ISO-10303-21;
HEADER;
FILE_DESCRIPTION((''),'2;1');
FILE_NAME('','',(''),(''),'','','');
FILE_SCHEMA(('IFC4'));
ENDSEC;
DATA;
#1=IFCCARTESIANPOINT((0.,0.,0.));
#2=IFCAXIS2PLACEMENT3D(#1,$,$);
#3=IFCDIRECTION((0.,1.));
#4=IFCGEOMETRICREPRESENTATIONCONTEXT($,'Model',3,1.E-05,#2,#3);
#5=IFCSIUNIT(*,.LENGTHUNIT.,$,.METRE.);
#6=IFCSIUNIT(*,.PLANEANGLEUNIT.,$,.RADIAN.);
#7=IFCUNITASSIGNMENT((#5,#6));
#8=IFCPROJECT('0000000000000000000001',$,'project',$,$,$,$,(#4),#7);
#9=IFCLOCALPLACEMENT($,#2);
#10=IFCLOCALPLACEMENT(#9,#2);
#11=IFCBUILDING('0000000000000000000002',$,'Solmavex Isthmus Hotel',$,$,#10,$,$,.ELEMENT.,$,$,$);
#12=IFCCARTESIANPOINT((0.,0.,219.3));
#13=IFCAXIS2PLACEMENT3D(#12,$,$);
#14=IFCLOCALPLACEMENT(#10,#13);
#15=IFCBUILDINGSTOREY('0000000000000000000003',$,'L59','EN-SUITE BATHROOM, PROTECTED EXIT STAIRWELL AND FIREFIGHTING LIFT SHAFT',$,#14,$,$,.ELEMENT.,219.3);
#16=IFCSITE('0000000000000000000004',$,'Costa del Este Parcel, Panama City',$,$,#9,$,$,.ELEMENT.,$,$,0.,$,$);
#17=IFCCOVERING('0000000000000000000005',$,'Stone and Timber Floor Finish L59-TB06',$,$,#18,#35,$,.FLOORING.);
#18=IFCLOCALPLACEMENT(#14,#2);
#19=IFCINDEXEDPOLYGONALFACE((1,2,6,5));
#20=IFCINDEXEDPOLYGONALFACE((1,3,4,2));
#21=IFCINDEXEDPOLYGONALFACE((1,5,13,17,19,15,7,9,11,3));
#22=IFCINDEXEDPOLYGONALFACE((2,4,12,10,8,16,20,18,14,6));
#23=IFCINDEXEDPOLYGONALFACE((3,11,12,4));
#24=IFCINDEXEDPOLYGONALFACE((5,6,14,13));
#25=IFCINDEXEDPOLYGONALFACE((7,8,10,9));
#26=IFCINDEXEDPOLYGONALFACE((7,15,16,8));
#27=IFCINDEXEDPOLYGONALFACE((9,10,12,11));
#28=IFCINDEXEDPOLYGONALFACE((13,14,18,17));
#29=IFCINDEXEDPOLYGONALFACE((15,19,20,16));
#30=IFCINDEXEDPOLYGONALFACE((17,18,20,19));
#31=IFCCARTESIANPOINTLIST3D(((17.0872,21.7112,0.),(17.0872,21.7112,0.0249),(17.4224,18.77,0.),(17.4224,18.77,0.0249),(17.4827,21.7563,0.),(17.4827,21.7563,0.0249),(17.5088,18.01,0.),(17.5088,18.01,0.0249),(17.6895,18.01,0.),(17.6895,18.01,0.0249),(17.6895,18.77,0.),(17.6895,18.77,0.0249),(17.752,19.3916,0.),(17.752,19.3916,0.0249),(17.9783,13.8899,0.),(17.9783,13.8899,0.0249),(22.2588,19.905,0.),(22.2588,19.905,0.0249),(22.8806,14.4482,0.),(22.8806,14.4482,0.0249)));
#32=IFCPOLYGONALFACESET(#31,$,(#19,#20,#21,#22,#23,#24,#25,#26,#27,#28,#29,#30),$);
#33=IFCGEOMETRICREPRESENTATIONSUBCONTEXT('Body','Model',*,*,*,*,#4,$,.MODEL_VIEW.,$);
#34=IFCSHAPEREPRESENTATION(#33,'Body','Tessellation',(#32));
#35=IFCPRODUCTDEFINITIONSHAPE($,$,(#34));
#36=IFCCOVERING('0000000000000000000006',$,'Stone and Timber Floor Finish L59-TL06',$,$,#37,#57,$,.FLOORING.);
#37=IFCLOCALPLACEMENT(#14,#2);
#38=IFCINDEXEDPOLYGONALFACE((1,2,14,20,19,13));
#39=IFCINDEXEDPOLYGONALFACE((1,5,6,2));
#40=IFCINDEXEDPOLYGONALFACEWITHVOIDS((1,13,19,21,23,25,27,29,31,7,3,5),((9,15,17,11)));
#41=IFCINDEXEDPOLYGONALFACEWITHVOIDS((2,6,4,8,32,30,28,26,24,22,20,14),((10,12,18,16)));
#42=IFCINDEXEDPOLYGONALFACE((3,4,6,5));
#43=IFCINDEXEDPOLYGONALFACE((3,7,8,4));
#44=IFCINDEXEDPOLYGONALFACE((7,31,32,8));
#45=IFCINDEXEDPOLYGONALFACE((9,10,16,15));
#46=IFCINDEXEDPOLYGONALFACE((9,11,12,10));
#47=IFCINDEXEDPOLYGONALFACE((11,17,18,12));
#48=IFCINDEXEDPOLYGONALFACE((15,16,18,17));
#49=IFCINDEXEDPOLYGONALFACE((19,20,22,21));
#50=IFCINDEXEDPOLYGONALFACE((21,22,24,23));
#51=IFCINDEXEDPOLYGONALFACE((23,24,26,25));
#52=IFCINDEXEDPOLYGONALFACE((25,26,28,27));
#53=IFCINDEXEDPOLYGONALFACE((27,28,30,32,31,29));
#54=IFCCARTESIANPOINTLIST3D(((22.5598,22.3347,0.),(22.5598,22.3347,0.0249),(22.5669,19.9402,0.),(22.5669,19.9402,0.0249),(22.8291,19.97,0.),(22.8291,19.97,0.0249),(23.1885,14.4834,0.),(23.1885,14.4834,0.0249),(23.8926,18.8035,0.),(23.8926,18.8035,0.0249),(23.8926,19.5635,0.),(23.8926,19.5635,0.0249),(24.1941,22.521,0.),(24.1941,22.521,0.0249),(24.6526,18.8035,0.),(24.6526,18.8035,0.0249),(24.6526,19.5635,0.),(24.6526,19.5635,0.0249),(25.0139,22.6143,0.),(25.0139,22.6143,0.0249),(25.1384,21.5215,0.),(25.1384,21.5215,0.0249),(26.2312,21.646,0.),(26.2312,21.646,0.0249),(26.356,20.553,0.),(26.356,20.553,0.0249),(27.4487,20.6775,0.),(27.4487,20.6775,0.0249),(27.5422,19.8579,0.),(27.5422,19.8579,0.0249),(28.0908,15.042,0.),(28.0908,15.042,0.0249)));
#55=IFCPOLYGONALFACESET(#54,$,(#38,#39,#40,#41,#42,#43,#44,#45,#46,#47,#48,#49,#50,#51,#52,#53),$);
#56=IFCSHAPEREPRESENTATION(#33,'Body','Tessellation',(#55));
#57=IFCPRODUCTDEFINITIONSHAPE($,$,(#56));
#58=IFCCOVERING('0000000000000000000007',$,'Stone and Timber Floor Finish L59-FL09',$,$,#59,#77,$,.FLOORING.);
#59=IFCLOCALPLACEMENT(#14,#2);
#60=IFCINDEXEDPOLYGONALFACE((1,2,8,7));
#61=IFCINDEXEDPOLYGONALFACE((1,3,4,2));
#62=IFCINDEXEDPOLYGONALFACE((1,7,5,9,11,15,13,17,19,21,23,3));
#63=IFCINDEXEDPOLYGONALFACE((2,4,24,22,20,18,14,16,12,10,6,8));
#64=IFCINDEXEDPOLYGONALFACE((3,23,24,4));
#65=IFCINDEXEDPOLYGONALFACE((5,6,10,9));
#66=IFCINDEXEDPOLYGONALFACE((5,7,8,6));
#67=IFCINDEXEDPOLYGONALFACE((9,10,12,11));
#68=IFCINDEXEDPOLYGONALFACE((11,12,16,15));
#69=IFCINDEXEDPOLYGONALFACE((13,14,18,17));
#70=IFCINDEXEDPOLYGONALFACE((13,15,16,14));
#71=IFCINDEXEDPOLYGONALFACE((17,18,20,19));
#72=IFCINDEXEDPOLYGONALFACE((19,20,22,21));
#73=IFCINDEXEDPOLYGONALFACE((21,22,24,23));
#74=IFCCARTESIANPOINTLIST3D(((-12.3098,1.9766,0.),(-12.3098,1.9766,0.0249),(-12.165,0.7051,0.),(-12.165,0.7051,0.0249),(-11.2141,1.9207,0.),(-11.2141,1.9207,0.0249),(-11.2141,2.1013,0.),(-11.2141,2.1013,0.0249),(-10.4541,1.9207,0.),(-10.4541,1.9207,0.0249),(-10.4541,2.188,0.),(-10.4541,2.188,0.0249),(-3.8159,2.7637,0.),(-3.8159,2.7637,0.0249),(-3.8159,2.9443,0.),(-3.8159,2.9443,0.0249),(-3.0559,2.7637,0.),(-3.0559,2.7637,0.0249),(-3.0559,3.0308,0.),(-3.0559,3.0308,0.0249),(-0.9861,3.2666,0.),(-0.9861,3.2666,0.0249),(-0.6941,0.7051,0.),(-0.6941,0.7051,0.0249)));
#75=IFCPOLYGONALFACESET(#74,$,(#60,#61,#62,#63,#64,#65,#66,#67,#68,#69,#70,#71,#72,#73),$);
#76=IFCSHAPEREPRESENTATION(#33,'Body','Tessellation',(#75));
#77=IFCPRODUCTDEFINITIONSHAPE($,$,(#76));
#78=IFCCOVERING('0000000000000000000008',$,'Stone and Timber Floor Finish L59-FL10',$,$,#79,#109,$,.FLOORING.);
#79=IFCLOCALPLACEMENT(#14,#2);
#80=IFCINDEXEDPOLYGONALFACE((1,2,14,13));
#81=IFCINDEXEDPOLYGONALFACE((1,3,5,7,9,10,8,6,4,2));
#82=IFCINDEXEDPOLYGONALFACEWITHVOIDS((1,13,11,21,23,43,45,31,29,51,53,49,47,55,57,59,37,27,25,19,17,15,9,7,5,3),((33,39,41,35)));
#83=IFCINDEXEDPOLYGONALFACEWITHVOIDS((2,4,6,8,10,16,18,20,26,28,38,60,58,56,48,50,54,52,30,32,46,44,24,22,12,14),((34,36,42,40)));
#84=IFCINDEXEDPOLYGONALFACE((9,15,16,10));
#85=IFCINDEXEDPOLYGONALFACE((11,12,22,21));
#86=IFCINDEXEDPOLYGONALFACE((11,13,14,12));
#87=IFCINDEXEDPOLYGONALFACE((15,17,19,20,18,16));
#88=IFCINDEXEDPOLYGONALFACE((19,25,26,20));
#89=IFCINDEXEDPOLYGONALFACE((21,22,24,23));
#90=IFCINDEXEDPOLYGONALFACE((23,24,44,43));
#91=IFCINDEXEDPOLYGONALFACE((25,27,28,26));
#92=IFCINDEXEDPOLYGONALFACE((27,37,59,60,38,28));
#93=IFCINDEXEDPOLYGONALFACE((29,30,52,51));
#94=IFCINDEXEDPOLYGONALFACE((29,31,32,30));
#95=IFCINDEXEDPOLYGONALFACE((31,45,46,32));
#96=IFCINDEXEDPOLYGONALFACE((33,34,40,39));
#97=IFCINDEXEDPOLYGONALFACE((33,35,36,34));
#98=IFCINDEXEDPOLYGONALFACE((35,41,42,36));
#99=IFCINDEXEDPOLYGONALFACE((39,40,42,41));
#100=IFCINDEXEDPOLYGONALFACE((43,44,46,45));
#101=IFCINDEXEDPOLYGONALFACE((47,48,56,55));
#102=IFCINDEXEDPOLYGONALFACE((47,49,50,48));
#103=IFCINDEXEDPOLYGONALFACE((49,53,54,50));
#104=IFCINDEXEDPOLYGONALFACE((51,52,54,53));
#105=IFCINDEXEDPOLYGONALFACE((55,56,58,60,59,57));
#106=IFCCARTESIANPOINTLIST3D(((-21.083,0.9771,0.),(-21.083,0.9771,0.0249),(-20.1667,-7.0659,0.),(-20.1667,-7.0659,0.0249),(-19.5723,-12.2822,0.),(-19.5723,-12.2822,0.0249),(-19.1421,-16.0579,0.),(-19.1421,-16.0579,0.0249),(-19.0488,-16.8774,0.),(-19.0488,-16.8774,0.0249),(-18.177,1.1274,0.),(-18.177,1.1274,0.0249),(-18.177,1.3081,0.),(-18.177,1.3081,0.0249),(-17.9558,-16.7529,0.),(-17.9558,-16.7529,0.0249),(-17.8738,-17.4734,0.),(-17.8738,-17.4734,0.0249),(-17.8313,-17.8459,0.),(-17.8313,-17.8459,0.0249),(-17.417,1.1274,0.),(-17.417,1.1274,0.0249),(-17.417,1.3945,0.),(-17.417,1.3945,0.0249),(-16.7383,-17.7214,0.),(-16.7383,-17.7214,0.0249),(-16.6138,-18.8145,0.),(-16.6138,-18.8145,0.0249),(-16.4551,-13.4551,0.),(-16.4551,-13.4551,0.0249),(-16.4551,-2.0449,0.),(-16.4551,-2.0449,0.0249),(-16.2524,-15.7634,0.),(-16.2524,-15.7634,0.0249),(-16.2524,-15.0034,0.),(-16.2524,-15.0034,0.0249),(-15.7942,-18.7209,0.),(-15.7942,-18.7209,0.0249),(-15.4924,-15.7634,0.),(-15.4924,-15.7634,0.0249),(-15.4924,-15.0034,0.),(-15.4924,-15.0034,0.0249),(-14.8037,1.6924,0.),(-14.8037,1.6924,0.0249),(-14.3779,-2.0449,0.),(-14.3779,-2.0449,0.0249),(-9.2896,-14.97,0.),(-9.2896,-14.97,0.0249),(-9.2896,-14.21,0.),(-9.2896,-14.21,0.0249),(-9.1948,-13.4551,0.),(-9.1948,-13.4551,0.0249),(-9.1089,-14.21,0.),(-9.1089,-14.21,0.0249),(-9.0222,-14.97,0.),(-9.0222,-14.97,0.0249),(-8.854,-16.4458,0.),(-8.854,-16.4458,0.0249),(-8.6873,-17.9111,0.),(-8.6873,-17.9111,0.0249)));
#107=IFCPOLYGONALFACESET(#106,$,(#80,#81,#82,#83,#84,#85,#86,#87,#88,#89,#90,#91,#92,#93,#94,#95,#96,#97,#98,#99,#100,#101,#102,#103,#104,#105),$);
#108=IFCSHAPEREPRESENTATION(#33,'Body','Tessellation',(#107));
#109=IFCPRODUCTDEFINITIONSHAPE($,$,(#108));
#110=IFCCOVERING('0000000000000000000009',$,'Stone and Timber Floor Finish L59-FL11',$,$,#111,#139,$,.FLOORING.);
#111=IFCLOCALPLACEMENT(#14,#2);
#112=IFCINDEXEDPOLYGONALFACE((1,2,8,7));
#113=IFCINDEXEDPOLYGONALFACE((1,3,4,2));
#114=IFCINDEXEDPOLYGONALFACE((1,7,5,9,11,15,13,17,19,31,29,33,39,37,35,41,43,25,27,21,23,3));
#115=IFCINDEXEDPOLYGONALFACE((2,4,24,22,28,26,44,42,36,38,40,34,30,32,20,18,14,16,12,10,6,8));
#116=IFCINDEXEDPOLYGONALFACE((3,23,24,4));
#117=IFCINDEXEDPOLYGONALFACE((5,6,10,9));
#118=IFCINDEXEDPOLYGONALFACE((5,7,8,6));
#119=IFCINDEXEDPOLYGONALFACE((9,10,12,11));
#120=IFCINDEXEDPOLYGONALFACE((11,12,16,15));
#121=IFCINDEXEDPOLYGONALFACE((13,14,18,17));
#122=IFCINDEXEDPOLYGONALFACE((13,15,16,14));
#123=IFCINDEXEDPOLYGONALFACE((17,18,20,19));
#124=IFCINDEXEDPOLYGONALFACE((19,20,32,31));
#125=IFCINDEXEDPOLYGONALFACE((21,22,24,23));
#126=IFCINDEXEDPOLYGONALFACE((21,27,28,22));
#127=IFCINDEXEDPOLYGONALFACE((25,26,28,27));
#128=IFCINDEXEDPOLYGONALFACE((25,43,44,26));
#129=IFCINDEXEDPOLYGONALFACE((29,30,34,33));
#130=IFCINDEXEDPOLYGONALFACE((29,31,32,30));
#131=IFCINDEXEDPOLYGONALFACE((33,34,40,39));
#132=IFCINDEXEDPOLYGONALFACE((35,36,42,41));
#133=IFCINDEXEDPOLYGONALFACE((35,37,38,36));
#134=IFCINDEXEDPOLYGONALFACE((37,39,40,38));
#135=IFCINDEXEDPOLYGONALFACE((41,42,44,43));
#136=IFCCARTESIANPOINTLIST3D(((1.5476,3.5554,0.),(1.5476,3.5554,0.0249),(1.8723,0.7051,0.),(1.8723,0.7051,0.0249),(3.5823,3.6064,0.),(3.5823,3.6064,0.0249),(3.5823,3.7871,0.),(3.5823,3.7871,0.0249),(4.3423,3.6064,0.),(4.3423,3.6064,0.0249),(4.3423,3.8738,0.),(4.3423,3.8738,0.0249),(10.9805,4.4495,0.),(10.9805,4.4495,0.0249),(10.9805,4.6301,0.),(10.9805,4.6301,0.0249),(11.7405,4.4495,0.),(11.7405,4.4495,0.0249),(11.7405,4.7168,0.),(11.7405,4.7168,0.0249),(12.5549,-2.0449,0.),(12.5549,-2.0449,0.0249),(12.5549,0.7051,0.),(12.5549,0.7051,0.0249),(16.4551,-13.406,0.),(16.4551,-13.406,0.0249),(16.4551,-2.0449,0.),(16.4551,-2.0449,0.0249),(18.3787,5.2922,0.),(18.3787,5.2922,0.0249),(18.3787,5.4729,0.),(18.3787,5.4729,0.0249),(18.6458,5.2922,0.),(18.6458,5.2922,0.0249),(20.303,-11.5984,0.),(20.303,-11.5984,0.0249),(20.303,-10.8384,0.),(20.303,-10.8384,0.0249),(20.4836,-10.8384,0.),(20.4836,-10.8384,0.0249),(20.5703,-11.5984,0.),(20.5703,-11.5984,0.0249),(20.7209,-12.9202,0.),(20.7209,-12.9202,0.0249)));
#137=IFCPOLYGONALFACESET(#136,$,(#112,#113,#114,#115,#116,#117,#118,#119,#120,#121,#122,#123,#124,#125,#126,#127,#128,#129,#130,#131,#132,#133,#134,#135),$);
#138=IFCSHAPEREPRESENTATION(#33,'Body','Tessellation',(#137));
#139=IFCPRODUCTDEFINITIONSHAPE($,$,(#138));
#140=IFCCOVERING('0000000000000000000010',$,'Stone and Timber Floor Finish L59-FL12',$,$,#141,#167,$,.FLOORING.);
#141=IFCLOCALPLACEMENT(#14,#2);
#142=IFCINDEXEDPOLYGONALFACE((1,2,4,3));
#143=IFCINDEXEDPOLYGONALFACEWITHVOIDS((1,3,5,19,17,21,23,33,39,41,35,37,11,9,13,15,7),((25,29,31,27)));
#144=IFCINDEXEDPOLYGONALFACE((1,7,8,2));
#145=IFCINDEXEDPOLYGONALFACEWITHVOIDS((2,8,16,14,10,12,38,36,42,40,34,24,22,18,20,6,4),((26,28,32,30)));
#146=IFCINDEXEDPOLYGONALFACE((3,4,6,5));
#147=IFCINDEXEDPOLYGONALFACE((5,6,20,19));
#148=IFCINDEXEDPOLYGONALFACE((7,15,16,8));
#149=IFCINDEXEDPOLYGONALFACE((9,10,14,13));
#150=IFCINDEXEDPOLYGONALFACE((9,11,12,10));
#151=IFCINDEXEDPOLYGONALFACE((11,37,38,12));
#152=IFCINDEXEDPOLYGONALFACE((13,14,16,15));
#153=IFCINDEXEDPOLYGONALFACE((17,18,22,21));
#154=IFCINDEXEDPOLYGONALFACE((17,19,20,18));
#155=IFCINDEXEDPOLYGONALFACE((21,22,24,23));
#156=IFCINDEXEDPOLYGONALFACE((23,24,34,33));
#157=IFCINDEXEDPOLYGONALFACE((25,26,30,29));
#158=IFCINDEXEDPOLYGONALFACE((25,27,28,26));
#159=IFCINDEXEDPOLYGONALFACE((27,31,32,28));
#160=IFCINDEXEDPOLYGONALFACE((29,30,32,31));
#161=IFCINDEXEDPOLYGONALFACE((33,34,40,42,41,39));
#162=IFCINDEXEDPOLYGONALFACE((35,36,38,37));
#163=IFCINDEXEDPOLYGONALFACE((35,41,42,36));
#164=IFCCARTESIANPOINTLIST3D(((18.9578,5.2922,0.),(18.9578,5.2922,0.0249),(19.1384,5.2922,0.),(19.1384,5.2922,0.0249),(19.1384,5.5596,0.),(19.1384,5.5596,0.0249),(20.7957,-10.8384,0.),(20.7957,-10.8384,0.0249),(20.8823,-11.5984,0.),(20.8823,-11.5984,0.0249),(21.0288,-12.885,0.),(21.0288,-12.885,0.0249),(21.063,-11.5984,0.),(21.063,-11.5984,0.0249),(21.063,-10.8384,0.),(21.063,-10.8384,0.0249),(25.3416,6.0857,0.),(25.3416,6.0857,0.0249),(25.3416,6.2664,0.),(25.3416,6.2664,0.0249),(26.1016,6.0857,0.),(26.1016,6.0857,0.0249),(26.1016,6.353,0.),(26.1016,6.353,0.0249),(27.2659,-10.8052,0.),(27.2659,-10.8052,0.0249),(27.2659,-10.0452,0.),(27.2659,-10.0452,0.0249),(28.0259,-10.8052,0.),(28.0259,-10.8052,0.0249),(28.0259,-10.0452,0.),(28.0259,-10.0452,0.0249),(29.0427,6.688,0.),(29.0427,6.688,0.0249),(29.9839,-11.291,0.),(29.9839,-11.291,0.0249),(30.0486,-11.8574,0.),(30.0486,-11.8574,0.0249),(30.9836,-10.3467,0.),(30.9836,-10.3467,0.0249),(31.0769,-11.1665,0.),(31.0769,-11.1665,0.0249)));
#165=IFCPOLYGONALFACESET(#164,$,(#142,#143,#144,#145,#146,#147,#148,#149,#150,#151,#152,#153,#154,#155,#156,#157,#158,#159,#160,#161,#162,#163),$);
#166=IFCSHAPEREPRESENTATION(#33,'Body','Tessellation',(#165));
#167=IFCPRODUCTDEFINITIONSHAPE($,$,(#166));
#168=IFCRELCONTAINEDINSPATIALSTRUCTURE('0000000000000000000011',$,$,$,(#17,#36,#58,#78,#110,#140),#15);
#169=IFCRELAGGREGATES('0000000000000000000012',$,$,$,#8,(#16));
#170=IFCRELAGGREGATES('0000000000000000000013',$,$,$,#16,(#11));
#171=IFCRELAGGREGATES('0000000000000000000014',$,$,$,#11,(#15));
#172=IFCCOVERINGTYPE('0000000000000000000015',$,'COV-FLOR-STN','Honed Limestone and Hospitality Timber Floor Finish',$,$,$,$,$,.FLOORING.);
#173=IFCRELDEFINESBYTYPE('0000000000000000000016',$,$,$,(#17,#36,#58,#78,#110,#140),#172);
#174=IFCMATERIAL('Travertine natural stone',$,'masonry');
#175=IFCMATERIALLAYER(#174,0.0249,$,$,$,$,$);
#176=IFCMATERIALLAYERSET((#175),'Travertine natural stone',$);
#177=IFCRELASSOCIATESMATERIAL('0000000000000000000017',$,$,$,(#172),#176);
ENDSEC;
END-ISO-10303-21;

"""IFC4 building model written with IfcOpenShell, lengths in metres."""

from ifc_helpers import new_model, si_unit, direction, frame, origin, place, context, subcontext, project, spatial, polyline, outline, extrude, material, layer, layer_set, type_object, element, save


model = new_model("IFC4")

# Units and contexts
model_context = context("Model", 3, precision=1e-05, world=origin(), true_north=direction((0.0, 1.0)))
body_context = subcontext(model_context, "Body", "Model", "MODEL_VIEW")
ifc_project = project(units=[si_unit("LENGTHUNIT", "METRE"), si_unit("PLANEANGLEUNIT", "RADIAN")], contexts=[model_context])

# Site, building, storey
site_placement = place(None, origin())
site = spatial("IfcSite", under=ifc_project, at=site_placement, Name="Costa del Este Parcel, Panama City", CompositionType="ELEMENT", RefElevation=0.0)
building_placement = place(site_placement, origin())
building = spatial("IfcBuilding", under=site, at=building_placement, Name="Solmavex Isthmus Hotel", CompositionType="ELEMENT")
storey_placement = place(building_placement, frame((0.0, 0.0, 219.3)))
storey = spatial("IfcBuildingStorey", under=building, at=storey_placement, Name="L59", Description="EN-SUITE BATHROOM, PROTECTED EXIT STAIRWELL AND FIREFIGHTING LIFT SHAFT", CompositionType="ELEMENT", Elevation=219.3)

# Coverings
ifc_material_1 = material(Name="Travertine natural stone", Category="masonry")
ifc_layer_1 = layer(ifc_material_1, 0.0249)
ifc_layer_set_1 = layer_set([ifc_layer_1], Name="Travertine natural stone")
covering_type_1 = type_object("IfcCoveringType", Name="COV-FLOR-STN", Description="Honed Limestone and Hospitality Timber Floor Finish", PredefinedType="FLOORING", material=ifc_layer_set_1)
covering_1_placement = place(storey_placement, origin())
element("IfcCovering", 1, at=covering_1_placement, inside=storey, type_object=covering_type_1, Name="Stone and Timber Floor Finish L59-TB06", PredefinedType="FLOORING", context=body_context, shape_type="SweptSolid", body=[
    extrude(outline(polyline([(17.4224, 18.77), (17.6895, 18.77), (17.6895, 18.01), (17.5088, 18.01), (17.9783, 13.8899), (22.8806, 14.4482), (22.2588, 19.905), (17.752, 19.3916), (17.4827, 21.7563), (17.0872, 21.7112), (17.4224, 18.77)])), origin(), (0.0, 0.0, 1.0), 0.0249),
])
covering_2_placement = place(storey_placement, origin())
element("IfcCovering", 2, at=covering_2_placement, inside=storey, type_object=covering_type_1, Name="Stone and Timber Floor Finish L59-TL06", PredefinedType="FLOORING", context=body_context, shape_type="SweptSolid", body=[
    extrude(outline(polyline([(22.5598, 22.3347), (22.8291, 19.97), (22.5669, 19.9402), (23.1885, 14.4834), (28.0908, 15.042), (27.5422, 19.8579), (27.4487, 20.6775), (26.356, 20.553), (26.2312, 21.646), (25.1384, 21.5215), (25.0139, 22.6143), (24.1941, 22.521), (22.5598, 22.3347)]), holes=[polyline([(23.8926, 19.5635), (24.6526, 19.5635), (24.6526, 18.8035), (23.8926, 18.8035), (23.8926, 19.5635)])]), origin(), (0.0, 0.0, 1.0), 0.0249),
])
covering_3_placement = place(storey_placement, origin())
element("IfcCovering", 3, at=covering_3_placement, inside=storey, type_object=covering_type_1, Name="Stone and Timber Floor Finish L59-FL09", PredefinedType="FLOORING", context=body_context, shape_type="SweptSolid", body=[
    extrude(outline(polyline([(-10.4541, 2.188), (-10.4541, 1.9207), (-11.2141, 1.9207), (-11.2141, 2.1013), (-12.3098, 1.9766), (-12.165, 0.7051), (-0.6941, 0.7051), (-0.9861, 3.2666), (-3.0559, 3.0308), (-3.0559, 2.7637), (-3.8159, 2.7637), (-3.8159, 2.9443), (-10.4541, 2.188)])), origin(), (0.0, 0.0, 1.0), 0.0249),
])
covering_4_placement = place(storey_placement, origin())
element("IfcCovering", 4, at=covering_4_placement, inside=storey, type_object=covering_type_1, Name="Stone and Timber Floor Finish L59-FL10", PredefinedType="FLOORING", context=body_context, shape_type="SweptSolid", body=[
    extrude(outline(polyline([(-17.417, 1.3945), (-17.417, 1.1274), (-18.177, 1.1274), (-18.177, 1.3081), (-21.083, 0.9771), (-20.1667, -7.0659), (-19.5723, -12.2822), (-19.1421, -16.0579), (-19.0488, -16.8774), (-17.9558, -16.7529), (-17.8738, -17.4734), (-17.8313, -17.8459), (-16.7383, -17.7214), (-16.6138, -18.8145), (-15.7942, -18.7209), (-8.6873, -17.9111), (-8.854, -16.4458), (-9.0222, -14.97), (-9.2896, -14.97), (-9.2896, -14.21), (-9.1089, -14.21), (-9.1948, -13.4551), (-16.4551, -13.4551), (-16.4551, -2.0449), (-14.3779, -2.0449), (-14.8037, 1.6924), (-17.417, 1.3945)]), holes=[polyline([(-16.2524, -15.7634), (-16.2524, -15.0034), (-15.4924, -15.0034), (-15.4924, -15.7634), (-16.2524, -15.7634)])]), origin(), (0.0, 0.0, 1.0), 0.0249),
])
covering_5_placement = place(storey_placement, origin())
element("IfcCovering", 5, at=covering_5_placement, inside=storey, type_object=covering_type_1, Name="Stone and Timber Floor Finish L59-FL11", PredefinedType="FLOORING", context=body_context, shape_type="SweptSolid", body=[
    extrude(outline(polyline([(4.3423, 3.8738), (4.3423, 3.6064), (3.5823, 3.6064), (3.5823, 3.7871), (1.5476, 3.5554), (1.8723, 0.7051), (12.5549, 0.7051), (12.5549, -2.0449), (16.4551, -2.0449), (16.4551, -13.406), (20.7209, -12.9202), (20.5703, -11.5984), (20.303, -11.5984), (20.303, -10.8384), (20.4836, -10.8384), (18.6458, 5.2922), (18.3787, 5.2922), (18.3787, 5.4729), (11.7405, 4.7168), (11.7405, 4.4495), (10.9805, 4.4495), (10.9805, 4.6301), (4.3423, 3.8738)])), origin(), (0.0, 0.0, 1.0), 0.0249),
])
covering_6_placement = place(storey_placement, origin())
element("IfcCovering", 6, at=covering_6_placement, inside=storey, type_object=covering_type_1, Name="Stone and Timber Floor Finish L59-FL12", PredefinedType="FLOORING", context=body_context, shape_type="SweptSolid", body=[
    extrude(outline(polyline([(20.7957, -10.8384), (21.063, -10.8384), (21.063, -11.5984), (20.8823, -11.5984), (21.0288, -12.885), (30.0486, -11.8574), (29.9839, -11.291), (31.0769, -11.1665), (30.9836, -10.3467), (29.0427, 6.688), (26.1016, 6.353), (26.1016, 6.0857), (25.3416, 6.0857), (25.3416, 6.2664), (19.1384, 5.5596), (19.1384, 5.2922), (18.9578, 5.2922), (20.7957, -10.8384)]), holes=[polyline([(27.2659, -10.8052), (27.2659, -10.0452), (28.0259, -10.0452), (28.0259, -10.8052), (27.2659, -10.8052)])]), origin(), (0.0, 0.0, 1.0), 0.0249),
])

save(model, "model.ifc")
